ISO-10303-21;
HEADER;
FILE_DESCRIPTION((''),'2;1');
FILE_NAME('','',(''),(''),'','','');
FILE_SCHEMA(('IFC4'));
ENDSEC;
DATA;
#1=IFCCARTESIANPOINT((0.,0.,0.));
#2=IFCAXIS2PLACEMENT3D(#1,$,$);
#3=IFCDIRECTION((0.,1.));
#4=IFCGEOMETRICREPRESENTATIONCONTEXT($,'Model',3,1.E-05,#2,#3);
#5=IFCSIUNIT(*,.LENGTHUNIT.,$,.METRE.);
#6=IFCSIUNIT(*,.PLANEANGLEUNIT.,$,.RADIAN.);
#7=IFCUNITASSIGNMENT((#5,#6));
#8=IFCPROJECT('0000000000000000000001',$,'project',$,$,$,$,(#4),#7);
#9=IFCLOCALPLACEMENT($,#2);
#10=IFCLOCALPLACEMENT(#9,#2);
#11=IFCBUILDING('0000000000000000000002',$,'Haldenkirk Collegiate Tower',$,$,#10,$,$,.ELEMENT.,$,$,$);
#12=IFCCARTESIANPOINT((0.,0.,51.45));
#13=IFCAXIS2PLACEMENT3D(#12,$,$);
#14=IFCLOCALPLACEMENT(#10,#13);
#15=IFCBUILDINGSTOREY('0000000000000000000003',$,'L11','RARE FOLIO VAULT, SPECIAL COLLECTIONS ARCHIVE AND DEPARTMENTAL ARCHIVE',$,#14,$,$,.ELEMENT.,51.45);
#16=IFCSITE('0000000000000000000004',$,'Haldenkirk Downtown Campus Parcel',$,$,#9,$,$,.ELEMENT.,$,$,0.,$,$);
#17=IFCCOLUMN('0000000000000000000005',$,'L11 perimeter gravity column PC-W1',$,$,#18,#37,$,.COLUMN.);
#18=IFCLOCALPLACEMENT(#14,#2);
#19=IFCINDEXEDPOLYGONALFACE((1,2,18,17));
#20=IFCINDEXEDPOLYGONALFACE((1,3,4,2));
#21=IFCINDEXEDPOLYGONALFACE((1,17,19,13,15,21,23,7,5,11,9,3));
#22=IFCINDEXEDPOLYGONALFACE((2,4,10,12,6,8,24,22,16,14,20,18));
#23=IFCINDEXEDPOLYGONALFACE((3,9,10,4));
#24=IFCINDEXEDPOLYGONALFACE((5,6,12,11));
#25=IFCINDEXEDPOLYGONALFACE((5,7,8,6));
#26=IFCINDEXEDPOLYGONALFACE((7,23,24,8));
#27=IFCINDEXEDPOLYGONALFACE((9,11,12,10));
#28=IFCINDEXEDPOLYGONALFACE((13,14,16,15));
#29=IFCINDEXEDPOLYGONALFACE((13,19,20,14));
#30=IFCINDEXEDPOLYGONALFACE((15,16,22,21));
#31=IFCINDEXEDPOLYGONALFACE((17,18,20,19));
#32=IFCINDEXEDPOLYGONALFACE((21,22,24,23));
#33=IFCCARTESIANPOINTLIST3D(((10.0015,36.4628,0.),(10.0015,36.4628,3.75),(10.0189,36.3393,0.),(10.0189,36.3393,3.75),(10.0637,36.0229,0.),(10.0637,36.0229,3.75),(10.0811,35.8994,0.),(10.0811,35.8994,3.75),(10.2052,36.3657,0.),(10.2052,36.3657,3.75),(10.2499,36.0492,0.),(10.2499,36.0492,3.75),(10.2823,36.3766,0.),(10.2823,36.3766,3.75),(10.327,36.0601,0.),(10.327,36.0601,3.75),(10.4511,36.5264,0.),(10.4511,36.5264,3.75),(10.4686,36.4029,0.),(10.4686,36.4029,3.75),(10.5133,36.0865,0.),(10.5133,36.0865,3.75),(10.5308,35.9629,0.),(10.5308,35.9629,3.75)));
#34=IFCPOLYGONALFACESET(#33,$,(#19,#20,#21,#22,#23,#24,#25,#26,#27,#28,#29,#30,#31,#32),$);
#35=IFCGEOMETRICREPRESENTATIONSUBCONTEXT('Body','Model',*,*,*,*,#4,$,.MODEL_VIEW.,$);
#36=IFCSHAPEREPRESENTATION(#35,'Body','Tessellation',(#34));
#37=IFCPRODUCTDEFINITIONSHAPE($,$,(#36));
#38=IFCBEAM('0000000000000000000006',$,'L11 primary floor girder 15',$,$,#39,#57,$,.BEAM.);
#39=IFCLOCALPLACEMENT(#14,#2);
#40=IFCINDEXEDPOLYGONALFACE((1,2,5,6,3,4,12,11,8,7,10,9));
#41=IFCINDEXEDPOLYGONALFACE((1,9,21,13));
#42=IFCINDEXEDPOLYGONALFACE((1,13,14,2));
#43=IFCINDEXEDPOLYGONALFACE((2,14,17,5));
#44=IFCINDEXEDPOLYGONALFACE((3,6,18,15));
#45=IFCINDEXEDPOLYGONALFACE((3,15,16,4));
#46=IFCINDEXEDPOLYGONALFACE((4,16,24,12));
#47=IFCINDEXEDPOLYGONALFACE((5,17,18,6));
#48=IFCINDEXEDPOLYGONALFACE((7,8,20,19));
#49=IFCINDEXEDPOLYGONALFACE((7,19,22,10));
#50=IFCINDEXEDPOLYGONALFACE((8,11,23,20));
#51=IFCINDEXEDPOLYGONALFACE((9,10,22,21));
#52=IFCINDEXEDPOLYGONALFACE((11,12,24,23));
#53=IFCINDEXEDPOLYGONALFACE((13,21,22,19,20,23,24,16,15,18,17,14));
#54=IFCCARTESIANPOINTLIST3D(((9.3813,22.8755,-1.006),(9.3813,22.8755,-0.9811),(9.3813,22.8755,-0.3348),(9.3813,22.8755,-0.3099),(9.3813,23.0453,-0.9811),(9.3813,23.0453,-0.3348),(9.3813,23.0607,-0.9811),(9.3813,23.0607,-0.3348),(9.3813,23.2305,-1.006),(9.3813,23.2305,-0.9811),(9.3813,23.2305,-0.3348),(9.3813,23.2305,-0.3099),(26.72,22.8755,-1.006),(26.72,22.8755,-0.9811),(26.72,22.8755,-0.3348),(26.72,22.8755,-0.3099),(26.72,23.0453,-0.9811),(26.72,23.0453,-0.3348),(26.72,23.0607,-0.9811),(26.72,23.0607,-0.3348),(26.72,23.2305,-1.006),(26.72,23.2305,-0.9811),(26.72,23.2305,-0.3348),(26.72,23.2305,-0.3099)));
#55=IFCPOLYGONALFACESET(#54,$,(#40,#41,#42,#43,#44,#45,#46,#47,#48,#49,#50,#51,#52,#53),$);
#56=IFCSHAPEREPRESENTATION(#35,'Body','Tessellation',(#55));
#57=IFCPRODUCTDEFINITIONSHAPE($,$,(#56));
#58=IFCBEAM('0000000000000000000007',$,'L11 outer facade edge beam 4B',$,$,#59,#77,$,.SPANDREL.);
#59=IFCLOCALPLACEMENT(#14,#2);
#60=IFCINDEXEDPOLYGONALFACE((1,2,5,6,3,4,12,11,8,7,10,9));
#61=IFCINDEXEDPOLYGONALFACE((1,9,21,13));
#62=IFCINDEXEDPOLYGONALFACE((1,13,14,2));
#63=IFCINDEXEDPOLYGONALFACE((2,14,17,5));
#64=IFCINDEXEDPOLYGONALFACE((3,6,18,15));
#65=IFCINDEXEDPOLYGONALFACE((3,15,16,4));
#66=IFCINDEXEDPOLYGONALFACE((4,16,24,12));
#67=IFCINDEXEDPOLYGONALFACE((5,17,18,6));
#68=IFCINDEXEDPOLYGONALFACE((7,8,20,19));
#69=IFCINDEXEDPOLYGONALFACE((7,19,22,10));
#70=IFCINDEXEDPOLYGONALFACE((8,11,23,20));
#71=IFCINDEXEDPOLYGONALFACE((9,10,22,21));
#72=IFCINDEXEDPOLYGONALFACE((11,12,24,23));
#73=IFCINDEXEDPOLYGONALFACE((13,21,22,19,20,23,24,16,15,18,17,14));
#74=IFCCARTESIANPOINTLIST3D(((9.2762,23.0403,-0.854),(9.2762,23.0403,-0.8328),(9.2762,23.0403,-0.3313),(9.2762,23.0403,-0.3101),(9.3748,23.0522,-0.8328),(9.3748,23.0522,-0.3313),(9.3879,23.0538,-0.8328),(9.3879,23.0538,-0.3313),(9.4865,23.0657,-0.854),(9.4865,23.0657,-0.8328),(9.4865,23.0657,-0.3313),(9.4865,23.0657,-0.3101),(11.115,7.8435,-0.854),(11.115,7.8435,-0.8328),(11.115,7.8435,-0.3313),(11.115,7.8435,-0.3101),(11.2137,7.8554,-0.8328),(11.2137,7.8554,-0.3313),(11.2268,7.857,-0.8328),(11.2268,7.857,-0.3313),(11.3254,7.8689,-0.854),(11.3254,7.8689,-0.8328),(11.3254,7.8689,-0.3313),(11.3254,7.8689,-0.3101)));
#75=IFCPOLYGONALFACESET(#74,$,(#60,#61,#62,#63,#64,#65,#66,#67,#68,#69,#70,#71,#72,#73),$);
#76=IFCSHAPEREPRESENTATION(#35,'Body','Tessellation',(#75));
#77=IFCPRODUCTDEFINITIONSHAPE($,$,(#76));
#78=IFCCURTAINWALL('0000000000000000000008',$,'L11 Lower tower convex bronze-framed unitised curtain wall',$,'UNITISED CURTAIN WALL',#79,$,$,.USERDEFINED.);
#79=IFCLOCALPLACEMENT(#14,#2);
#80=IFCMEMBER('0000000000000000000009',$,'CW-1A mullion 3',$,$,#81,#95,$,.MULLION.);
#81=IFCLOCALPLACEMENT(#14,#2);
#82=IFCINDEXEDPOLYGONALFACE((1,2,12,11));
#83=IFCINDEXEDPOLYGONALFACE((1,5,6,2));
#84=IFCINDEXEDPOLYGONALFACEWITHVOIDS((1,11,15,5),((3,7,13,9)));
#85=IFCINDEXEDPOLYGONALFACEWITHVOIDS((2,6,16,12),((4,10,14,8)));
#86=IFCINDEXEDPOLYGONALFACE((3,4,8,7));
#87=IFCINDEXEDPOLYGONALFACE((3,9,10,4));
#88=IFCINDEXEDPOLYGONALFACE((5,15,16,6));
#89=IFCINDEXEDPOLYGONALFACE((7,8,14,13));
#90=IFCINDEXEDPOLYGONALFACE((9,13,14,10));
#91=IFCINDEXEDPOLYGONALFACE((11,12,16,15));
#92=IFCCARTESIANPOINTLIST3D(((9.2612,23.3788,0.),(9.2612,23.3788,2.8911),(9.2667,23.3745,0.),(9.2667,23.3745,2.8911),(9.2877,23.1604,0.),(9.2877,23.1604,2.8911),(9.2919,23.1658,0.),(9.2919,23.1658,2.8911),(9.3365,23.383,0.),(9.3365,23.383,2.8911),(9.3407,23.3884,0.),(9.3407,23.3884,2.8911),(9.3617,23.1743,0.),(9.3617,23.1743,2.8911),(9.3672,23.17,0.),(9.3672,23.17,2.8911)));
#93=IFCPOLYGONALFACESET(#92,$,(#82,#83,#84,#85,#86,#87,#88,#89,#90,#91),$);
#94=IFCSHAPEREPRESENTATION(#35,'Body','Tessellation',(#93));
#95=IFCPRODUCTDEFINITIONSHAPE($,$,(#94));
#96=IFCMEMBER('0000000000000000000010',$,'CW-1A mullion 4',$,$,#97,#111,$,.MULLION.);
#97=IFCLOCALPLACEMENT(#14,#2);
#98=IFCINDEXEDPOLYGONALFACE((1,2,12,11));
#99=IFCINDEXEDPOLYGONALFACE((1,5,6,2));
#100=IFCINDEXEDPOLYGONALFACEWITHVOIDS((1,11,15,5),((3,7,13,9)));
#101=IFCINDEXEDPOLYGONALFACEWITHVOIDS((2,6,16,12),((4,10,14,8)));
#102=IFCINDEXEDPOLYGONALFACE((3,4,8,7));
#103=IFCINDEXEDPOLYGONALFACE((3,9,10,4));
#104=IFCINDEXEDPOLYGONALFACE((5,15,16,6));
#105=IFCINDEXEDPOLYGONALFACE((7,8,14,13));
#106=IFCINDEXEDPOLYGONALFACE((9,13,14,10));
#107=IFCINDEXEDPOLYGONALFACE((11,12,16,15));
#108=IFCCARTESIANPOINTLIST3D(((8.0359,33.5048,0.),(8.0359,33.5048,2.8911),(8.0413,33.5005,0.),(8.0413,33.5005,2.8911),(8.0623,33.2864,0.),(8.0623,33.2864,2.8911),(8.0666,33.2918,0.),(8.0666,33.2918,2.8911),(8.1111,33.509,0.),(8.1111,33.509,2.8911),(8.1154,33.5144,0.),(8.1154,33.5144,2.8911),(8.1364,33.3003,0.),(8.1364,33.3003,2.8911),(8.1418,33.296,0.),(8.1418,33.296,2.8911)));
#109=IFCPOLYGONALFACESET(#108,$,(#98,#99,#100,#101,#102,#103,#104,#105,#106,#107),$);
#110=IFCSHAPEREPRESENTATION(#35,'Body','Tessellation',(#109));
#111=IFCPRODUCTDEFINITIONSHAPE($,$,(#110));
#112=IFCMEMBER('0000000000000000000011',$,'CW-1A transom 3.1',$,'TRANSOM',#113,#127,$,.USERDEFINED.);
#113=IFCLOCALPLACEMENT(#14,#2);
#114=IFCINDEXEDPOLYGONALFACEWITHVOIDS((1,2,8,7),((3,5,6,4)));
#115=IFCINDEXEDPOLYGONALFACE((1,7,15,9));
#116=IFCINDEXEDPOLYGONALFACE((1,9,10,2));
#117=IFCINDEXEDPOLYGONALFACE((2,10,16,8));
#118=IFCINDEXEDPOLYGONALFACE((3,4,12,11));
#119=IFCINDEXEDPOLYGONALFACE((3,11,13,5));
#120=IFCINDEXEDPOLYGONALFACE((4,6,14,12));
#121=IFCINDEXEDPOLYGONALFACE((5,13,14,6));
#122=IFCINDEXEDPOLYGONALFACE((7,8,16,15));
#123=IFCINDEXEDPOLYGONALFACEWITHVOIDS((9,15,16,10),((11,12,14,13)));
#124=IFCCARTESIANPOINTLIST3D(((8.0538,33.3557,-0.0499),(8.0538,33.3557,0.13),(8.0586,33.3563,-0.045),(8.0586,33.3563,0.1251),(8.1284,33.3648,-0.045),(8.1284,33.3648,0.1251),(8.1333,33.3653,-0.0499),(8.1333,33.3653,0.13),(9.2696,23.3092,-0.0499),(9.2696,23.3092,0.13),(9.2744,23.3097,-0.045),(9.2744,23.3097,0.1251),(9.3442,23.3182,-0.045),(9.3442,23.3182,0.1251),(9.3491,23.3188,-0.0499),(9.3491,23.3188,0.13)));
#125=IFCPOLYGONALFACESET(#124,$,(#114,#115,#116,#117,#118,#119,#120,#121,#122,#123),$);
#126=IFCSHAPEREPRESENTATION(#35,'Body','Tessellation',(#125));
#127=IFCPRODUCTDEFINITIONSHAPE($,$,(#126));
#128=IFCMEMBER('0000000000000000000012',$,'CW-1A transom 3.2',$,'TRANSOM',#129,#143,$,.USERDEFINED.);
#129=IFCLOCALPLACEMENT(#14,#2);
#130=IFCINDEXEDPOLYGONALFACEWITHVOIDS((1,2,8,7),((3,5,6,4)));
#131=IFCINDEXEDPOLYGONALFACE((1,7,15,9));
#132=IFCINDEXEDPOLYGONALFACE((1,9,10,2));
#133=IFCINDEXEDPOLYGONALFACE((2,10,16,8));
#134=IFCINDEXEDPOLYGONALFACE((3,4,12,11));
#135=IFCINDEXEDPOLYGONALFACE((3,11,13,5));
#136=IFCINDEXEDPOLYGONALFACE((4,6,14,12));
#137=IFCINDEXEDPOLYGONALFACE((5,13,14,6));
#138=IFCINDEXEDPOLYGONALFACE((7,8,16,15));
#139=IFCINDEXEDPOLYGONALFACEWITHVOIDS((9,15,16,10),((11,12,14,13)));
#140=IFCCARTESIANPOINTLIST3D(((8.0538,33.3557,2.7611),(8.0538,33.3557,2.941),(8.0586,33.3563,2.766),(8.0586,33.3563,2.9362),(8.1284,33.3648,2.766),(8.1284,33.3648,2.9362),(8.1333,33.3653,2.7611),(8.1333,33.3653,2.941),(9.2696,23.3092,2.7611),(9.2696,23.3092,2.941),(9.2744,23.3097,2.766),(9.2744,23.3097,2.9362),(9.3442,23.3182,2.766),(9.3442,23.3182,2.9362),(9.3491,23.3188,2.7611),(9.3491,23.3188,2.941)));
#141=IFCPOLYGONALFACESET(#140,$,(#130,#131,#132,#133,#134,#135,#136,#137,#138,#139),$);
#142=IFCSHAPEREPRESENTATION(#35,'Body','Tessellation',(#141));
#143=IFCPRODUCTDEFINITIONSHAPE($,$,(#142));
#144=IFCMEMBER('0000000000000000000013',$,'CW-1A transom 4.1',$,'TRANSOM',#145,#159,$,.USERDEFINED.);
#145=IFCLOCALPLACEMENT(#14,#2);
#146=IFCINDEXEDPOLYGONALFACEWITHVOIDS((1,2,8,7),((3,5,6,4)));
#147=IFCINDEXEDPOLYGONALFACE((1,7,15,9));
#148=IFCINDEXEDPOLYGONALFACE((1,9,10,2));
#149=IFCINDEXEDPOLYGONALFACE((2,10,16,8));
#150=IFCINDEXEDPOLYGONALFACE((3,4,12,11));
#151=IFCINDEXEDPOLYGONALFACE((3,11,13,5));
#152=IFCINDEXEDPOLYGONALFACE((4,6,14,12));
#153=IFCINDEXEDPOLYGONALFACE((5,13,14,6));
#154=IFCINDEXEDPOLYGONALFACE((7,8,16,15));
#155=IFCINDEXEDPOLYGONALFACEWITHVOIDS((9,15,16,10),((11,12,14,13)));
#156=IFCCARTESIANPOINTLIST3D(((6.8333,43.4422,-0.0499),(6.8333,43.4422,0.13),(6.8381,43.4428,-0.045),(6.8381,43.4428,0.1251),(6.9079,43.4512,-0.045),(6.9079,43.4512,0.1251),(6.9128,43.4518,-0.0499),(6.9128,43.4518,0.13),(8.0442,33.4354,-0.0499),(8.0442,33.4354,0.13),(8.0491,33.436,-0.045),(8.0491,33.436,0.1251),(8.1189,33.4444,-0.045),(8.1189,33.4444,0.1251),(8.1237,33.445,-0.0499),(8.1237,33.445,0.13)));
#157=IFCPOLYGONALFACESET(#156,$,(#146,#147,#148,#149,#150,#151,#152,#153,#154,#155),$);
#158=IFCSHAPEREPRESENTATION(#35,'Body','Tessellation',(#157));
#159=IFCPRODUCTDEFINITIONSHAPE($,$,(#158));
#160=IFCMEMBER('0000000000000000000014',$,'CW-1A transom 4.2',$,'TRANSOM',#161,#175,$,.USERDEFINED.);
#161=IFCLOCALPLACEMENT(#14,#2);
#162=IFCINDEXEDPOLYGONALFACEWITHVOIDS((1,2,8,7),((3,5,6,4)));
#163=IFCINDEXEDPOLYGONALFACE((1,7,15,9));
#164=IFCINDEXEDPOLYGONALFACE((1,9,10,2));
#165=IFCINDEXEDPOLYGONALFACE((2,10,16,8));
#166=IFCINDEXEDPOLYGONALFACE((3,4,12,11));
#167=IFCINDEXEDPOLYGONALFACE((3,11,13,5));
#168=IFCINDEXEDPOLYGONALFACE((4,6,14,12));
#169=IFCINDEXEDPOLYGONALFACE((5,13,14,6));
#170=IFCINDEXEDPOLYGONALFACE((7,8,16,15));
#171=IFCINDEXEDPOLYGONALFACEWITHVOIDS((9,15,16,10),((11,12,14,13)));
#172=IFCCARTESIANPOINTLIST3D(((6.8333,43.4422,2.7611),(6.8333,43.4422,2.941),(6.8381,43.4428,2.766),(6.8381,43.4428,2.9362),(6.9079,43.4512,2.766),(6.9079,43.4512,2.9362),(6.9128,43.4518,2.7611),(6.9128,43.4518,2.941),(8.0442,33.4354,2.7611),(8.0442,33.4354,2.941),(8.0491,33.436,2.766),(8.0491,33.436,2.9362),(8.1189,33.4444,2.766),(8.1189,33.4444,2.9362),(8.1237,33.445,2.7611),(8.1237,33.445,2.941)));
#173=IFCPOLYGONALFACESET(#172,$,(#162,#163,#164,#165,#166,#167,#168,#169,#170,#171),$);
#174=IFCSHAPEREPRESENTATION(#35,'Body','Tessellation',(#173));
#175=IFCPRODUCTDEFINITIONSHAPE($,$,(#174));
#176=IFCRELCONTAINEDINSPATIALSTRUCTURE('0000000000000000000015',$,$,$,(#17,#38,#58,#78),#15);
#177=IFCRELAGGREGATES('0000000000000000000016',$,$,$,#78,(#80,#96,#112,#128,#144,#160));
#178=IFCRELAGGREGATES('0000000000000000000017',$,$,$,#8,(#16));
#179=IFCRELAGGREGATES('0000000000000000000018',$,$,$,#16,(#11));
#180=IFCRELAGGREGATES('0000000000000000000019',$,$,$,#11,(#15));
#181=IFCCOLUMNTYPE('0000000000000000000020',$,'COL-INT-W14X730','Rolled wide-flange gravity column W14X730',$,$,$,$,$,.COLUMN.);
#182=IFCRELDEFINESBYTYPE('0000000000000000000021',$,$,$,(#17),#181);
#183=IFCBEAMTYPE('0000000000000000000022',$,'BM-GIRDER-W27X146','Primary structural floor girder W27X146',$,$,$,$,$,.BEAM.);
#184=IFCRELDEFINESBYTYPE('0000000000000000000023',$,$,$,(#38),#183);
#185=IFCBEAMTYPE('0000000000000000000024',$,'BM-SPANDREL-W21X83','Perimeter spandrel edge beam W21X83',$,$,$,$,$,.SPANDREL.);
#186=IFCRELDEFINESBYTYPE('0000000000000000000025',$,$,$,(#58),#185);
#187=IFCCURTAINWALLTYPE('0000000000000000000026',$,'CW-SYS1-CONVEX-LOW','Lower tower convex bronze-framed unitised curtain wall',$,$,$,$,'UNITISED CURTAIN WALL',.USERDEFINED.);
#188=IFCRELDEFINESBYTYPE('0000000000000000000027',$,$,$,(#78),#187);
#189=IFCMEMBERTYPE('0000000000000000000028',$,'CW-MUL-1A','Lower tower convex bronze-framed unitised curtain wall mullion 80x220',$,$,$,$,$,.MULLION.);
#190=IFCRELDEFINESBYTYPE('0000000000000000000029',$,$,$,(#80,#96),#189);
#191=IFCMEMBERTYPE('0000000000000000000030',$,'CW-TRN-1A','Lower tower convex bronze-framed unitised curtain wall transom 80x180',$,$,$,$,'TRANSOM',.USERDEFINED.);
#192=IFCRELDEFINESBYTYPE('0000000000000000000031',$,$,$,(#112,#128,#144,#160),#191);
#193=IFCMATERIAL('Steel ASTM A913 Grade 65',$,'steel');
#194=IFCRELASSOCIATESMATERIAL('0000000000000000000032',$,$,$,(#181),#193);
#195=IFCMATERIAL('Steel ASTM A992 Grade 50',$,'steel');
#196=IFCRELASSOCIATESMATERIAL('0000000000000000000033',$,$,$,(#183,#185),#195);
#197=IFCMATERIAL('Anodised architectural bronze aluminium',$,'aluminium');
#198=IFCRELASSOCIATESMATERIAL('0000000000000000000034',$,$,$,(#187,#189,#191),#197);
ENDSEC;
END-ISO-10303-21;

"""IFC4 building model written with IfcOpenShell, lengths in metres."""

from ifc_helpers import new_model, si_unit, direction, frame, origin, origin_2d, place, context, subcontext, project, spatial, hollow_rectangle, i_section, extrude, material, material_profile, profile_set, type_object, element, aggregate, save


model = new_model("IFC4")

# Units and contexts
model_context = context("Model", 3, precision=1e-05, world=origin(), true_north=direction((0.0, 1.0)))
body_context = subcontext(model_context, "Body", "Model", "MODEL_VIEW")
ifc_project = project(units=[si_unit("LENGTHUNIT", "METRE"), si_unit("PLANEANGLEUNIT", "RADIAN")], contexts=[model_context])

# Site, building, storey
site_placement = place(None, origin())
site = spatial("IfcSite", under=ifc_project, at=site_placement, Name="Haldenkirk Downtown Campus Parcel", CompositionType="ELEMENT", RefElevation=0.0)
building_placement = place(site_placement, origin())
building = spatial("IfcBuilding", under=site, at=building_placement, Name="Haldenkirk Collegiate Tower", CompositionType="ELEMENT")
storey_placement = place(building_placement, frame((0.0, 0.0, 51.45)))
storey = spatial("IfcBuildingStorey", under=building, at=storey_placement, Name="L11", Description="RARE FOLIO VAULT, SPECIAL COLLECTIONS ARCHIVE AND DEPARTMENTAL ARCHIVE", CompositionType="ELEMENT", Elevation=51.45)

# Column
ifc_material_1 = material(Name="Steel ASTM A913 Grade 65", Category="steel")
ifc_material_profile_1 = material_profile(ifc_material_1, i_section(OverallWidth=0.4541, OverallDepth=0.5691, WebThickness=0.0779, FlangeThickness=0.1248, at=origin_2d()), Name="W14X730")
ifc_profile_set_1 = profile_set([ifc_material_profile_1], Name="Steel ASTM A913 Grade 65")
column_type = type_object("IfcColumnType", Name="COL-INT-W14X730", Description="Rolled wide-flange gravity column W14X730", PredefinedType="COLUMN", material=ifc_profile_set_1)
column_placement = place(storey_placement, frame((10.2661, 36.2129, 0.0), z_axis=(0.0, 0.0, 1.0), x_axis=(0.990146, 0.140037, 0.0)))
element("IfcColumn", 1, at=column_placement, inside=storey, type_object=column_type, Name="L11 perimeter gravity column PC-W1", PredefinedType="COLUMN", context=body_context, shape_type="SweptSolid", body=[
    extrude(i_section(OverallWidth=0.4541, OverallDepth=0.5691, WebThickness=0.0779, FlangeThickness=0.1248, at=origin_2d()), origin(), (0.0, 0.0, 1.0), 3.75),
])

# Beams
ifc_material_2 = material(Name="Steel ASTM A992 Grade 50", Category="steel")
ifc_material_profile_2 = material_profile(ifc_material_2, i_section(OverallWidth=0.355, OverallDepth=0.696, WebThickness=0.0154, FlangeThickness=0.0249, at=origin_2d()), Name="W27X146")
ifc_profile_set_2 = profile_set([ifc_material_profile_2], Name="Steel ASTM A992 Grade 50")
beam_type_1 = type_object("IfcBeamType", Name="BM-GIRDER-W27X146", Description="Primary structural floor girder W27X146", PredefinedType="BEAM", material=ifc_profile_set_2)
beam_1_placement = place(storey_placement, frame((9.3813, 23.053, -0.658), z_axis=(1.0, 0.0, 0.0), x_axis=(0.0, 1.0, 0.0)))
element("IfcBeam", 2, at=beam_1_placement, inside=storey, type_object=beam_type_1, Name="L11 primary floor girder 15", PredefinedType="BEAM", context=body_context, shape_type="SweptSolid", body=[
    extrude(i_section(OverallWidth=0.355, OverallDepth=0.696, WebThickness=0.0154, FlangeThickness=0.0249, at=origin_2d()), origin(), (0.0, 0.0, 1.0), 17.3386),
])
ifc_material_profile_3 = material_profile(ifc_material_2, i_section(OverallWidth=0.2119, OverallDepth=0.5439, WebThickness=0.0132, FlangeThickness=0.0212, at=origin_2d()), Name="W21X83")
ifc_profile_set_3 = profile_set([ifc_material_profile_3], Name="Steel ASTM A992 Grade 50")
beam_type_2 = type_object("IfcBeamType", Name="BM-SPANDREL-W21X83", Description="Perimeter spandrel edge beam W21X83", PredefinedType="SPANDREL", material=ifc_profile_set_3)
beam_2_placement = place(storey_placement, frame((9.3813, 23.053, -0.582), z_axis=(0.120128, -0.992758, 0.0), x_axis=(0.992758, 0.120128, 0.0)))
element("IfcBeam", 3, at=beam_2_placement, inside=storey, type_object=beam_type_2, Name="L11 outer facade edge beam 4B", PredefinedType="SPANDREL", context=body_context, shape_type="SweptSolid", body=[
    extrude(i_section(OverallWidth=0.2119, OverallDepth=0.5439, WebThickness=0.0132, FlangeThickness=0.0212, at=origin_2d()), origin(), (0.0, 0.0, 1.0), 15.3076),
])

# Curtain wall, members
ifc_material_3 = material(Name="Anodised architectural bronze aluminium", Category="aluminium")
curtain_wall_type = type_object("IfcCurtainWallType", Name="CW-SYS1-CONVEX-LOW", Description="Lower tower convex bronze-framed unitised curtain wall", ElementType="UNITISED CURTAIN WALL", PredefinedType="USERDEFINED", material=ifc_material_3)
curtain_wall_placement = place(storey_placement, origin())
curtain_wall = element("IfcCurtainWall", 4, at=curtain_wall_placement, inside=storey, type_object=curtain_wall_type, Name="L11 Lower tower convex bronze-framed unitised curtain wall", ObjectType="UNITISED CURTAIN WALL", PredefinedType="USERDEFINED")
ifc_material_profile_4 = material_profile(ifc_material_3, hollow_rectangle(XDim=0.0801, YDim=0.22, WallThickness=0.0049, at=origin_2d()), Name="CW-MUL-1A")
ifc_profile_set_4 = profile_set([ifc_material_profile_4], Name="Anodised architectural bronze aluminium")
member_type_1 = type_object("IfcMemberType", Name="CW-MUL-1A", Description="Lower tower convex bronze-framed unitised curtain wall mullion 80x220", PredefinedType="MULLION", material=ifc_profile_set_4)
member_1_placement = place(storey_placement, frame((9.3142, 23.2744, 0.0), z_axis=(0.0, 0.0, 1.0), x_axis=(-0.992757, -0.120138, 0.0)))
member_1 = element("IfcMember", 5, at=member_1_placement, type_object=member_type_1, Name="CW-1A mullion 3", PredefinedType="MULLION", context=body_context, shape_type="SweptSolid", body=[
    extrude(hollow_rectangle(XDim=0.0801, YDim=0.22, WallThickness=0.0049, at=origin_2d()), origin(), (0.0, 0.0, 1.0), 2.8911),
])
member_2_placement = place(storey_placement, frame((8.0889, 33.4004, 0.0), z_axis=(0.0, 0.0, 1.0), x_axis=(-0.992757, -0.120138, 0.0)))
member_2 = element("IfcMember", 6, at=member_2_placement, type_object=member_type_1, Name="CW-1A mullion 4", PredefinedType="MULLION", context=body_context, shape_type="SweptSolid", body=[
    extrude(hollow_rectangle(XDim=0.0801, YDim=0.22, WallThickness=0.0049, at=origin_2d()), origin(), (0.0, 0.0, 1.0), 2.8911),
])
ifc_material_profile_5 = material_profile(ifc_material_3, hollow_rectangle(XDim=0.0801, YDim=0.1799, WallThickness=0.0049, at=origin_2d()), Name="CW-TRN-1A")
ifc_profile_set_5 = profile_set([ifc_material_profile_5], Name="Anodised architectural bronze aluminium")
member_type_2 = type_object("IfcMemberType", Name="CW-TRN-1A", Description="Lower tower convex bronze-framed unitised curtain wall transom 80x180", ElementType="TRANSOM", PredefinedType="USERDEFINED", material=ifc_profile_set_5)
member_3_placement = place(storey_placement, frame((9.3093, 23.314, 0.04), z_axis=(-0.120141, 0.992757, 0.0), x_axis=(-0.992757, -0.120141, 0.0)))
member_3 = element("IfcMember", 7, at=member_3_placement, type_object=member_type_2, Name="CW-1A transom 3.1", ObjectType="TRANSOM", PredefinedType="USERDEFINED", context=body_context, shape_type="SweptSolid", body=[
    extrude(hollow_rectangle(XDim=0.0801, YDim=0.1799, WallThickness=0.0049, at=origin_2d()), origin(), (0.0, 0.0, 1.0), 10.1199),
])
member_4_placement = place(storey_placement, frame((9.3093, 23.314, 2.8511), z_axis=(-0.120141, 0.992757, 0.0), x_axis=(-0.992757, -0.120141, 0.0)))
member_4 = element("IfcMember", 8, at=member_4_placement, type_object=member_type_2, Name="CW-1A transom 3.2", ObjectType="TRANSOM", PredefinedType="USERDEFINED", context=body_context, shape_type="SweptSolid", body=[
    extrude(hollow_rectangle(XDim=0.0801, YDim=0.1799, WallThickness=0.0049, at=origin_2d()), origin(), (0.0, 0.0, 1.0), 10.1199),
])
member_5_placement = place(storey_placement, frame((8.084, 33.4402, 0.04), z_axis=(-0.120135, 0.992758, 0.0), x_axis=(-0.992758, -0.120135, 0.0)))
member_5 = element("IfcMember", 9, at=member_5_placement, type_object=member_type_2, Name="CW-1A transom 4.1", ObjectType="TRANSOM", PredefinedType="USERDEFINED", context=body_context, shape_type="SweptSolid", body=[
    extrude(hollow_rectangle(XDim=0.0801, YDim=0.1799, WallThickness=0.0049, at=origin_2d()), origin(), (0.0, 0.0, 1.0), 10.0798),
])
member_6_placement = place(storey_placement, frame((8.084, 33.4402, 2.8511), z_axis=(-0.120135, 0.992758, 0.0), x_axis=(-0.992758, -0.120135, 0.0)))
member_6 = element("IfcMember", 10, at=member_6_placement, type_object=member_type_2, Name="CW-1A transom 4.2", ObjectType="TRANSOM", PredefinedType="USERDEFINED", context=body_context, shape_type="SweptSolid", body=[
    extrude(hollow_rectangle(XDim=0.0801, YDim=0.1799, WallThickness=0.0049, at=origin_2d()), origin(), (0.0, 0.0, 1.0), 10.0798),
])

aggregate(curtain_wall, [member_1, member_2, member_3, member_4, member_5, member_6])

save(model, "model.ifc")
